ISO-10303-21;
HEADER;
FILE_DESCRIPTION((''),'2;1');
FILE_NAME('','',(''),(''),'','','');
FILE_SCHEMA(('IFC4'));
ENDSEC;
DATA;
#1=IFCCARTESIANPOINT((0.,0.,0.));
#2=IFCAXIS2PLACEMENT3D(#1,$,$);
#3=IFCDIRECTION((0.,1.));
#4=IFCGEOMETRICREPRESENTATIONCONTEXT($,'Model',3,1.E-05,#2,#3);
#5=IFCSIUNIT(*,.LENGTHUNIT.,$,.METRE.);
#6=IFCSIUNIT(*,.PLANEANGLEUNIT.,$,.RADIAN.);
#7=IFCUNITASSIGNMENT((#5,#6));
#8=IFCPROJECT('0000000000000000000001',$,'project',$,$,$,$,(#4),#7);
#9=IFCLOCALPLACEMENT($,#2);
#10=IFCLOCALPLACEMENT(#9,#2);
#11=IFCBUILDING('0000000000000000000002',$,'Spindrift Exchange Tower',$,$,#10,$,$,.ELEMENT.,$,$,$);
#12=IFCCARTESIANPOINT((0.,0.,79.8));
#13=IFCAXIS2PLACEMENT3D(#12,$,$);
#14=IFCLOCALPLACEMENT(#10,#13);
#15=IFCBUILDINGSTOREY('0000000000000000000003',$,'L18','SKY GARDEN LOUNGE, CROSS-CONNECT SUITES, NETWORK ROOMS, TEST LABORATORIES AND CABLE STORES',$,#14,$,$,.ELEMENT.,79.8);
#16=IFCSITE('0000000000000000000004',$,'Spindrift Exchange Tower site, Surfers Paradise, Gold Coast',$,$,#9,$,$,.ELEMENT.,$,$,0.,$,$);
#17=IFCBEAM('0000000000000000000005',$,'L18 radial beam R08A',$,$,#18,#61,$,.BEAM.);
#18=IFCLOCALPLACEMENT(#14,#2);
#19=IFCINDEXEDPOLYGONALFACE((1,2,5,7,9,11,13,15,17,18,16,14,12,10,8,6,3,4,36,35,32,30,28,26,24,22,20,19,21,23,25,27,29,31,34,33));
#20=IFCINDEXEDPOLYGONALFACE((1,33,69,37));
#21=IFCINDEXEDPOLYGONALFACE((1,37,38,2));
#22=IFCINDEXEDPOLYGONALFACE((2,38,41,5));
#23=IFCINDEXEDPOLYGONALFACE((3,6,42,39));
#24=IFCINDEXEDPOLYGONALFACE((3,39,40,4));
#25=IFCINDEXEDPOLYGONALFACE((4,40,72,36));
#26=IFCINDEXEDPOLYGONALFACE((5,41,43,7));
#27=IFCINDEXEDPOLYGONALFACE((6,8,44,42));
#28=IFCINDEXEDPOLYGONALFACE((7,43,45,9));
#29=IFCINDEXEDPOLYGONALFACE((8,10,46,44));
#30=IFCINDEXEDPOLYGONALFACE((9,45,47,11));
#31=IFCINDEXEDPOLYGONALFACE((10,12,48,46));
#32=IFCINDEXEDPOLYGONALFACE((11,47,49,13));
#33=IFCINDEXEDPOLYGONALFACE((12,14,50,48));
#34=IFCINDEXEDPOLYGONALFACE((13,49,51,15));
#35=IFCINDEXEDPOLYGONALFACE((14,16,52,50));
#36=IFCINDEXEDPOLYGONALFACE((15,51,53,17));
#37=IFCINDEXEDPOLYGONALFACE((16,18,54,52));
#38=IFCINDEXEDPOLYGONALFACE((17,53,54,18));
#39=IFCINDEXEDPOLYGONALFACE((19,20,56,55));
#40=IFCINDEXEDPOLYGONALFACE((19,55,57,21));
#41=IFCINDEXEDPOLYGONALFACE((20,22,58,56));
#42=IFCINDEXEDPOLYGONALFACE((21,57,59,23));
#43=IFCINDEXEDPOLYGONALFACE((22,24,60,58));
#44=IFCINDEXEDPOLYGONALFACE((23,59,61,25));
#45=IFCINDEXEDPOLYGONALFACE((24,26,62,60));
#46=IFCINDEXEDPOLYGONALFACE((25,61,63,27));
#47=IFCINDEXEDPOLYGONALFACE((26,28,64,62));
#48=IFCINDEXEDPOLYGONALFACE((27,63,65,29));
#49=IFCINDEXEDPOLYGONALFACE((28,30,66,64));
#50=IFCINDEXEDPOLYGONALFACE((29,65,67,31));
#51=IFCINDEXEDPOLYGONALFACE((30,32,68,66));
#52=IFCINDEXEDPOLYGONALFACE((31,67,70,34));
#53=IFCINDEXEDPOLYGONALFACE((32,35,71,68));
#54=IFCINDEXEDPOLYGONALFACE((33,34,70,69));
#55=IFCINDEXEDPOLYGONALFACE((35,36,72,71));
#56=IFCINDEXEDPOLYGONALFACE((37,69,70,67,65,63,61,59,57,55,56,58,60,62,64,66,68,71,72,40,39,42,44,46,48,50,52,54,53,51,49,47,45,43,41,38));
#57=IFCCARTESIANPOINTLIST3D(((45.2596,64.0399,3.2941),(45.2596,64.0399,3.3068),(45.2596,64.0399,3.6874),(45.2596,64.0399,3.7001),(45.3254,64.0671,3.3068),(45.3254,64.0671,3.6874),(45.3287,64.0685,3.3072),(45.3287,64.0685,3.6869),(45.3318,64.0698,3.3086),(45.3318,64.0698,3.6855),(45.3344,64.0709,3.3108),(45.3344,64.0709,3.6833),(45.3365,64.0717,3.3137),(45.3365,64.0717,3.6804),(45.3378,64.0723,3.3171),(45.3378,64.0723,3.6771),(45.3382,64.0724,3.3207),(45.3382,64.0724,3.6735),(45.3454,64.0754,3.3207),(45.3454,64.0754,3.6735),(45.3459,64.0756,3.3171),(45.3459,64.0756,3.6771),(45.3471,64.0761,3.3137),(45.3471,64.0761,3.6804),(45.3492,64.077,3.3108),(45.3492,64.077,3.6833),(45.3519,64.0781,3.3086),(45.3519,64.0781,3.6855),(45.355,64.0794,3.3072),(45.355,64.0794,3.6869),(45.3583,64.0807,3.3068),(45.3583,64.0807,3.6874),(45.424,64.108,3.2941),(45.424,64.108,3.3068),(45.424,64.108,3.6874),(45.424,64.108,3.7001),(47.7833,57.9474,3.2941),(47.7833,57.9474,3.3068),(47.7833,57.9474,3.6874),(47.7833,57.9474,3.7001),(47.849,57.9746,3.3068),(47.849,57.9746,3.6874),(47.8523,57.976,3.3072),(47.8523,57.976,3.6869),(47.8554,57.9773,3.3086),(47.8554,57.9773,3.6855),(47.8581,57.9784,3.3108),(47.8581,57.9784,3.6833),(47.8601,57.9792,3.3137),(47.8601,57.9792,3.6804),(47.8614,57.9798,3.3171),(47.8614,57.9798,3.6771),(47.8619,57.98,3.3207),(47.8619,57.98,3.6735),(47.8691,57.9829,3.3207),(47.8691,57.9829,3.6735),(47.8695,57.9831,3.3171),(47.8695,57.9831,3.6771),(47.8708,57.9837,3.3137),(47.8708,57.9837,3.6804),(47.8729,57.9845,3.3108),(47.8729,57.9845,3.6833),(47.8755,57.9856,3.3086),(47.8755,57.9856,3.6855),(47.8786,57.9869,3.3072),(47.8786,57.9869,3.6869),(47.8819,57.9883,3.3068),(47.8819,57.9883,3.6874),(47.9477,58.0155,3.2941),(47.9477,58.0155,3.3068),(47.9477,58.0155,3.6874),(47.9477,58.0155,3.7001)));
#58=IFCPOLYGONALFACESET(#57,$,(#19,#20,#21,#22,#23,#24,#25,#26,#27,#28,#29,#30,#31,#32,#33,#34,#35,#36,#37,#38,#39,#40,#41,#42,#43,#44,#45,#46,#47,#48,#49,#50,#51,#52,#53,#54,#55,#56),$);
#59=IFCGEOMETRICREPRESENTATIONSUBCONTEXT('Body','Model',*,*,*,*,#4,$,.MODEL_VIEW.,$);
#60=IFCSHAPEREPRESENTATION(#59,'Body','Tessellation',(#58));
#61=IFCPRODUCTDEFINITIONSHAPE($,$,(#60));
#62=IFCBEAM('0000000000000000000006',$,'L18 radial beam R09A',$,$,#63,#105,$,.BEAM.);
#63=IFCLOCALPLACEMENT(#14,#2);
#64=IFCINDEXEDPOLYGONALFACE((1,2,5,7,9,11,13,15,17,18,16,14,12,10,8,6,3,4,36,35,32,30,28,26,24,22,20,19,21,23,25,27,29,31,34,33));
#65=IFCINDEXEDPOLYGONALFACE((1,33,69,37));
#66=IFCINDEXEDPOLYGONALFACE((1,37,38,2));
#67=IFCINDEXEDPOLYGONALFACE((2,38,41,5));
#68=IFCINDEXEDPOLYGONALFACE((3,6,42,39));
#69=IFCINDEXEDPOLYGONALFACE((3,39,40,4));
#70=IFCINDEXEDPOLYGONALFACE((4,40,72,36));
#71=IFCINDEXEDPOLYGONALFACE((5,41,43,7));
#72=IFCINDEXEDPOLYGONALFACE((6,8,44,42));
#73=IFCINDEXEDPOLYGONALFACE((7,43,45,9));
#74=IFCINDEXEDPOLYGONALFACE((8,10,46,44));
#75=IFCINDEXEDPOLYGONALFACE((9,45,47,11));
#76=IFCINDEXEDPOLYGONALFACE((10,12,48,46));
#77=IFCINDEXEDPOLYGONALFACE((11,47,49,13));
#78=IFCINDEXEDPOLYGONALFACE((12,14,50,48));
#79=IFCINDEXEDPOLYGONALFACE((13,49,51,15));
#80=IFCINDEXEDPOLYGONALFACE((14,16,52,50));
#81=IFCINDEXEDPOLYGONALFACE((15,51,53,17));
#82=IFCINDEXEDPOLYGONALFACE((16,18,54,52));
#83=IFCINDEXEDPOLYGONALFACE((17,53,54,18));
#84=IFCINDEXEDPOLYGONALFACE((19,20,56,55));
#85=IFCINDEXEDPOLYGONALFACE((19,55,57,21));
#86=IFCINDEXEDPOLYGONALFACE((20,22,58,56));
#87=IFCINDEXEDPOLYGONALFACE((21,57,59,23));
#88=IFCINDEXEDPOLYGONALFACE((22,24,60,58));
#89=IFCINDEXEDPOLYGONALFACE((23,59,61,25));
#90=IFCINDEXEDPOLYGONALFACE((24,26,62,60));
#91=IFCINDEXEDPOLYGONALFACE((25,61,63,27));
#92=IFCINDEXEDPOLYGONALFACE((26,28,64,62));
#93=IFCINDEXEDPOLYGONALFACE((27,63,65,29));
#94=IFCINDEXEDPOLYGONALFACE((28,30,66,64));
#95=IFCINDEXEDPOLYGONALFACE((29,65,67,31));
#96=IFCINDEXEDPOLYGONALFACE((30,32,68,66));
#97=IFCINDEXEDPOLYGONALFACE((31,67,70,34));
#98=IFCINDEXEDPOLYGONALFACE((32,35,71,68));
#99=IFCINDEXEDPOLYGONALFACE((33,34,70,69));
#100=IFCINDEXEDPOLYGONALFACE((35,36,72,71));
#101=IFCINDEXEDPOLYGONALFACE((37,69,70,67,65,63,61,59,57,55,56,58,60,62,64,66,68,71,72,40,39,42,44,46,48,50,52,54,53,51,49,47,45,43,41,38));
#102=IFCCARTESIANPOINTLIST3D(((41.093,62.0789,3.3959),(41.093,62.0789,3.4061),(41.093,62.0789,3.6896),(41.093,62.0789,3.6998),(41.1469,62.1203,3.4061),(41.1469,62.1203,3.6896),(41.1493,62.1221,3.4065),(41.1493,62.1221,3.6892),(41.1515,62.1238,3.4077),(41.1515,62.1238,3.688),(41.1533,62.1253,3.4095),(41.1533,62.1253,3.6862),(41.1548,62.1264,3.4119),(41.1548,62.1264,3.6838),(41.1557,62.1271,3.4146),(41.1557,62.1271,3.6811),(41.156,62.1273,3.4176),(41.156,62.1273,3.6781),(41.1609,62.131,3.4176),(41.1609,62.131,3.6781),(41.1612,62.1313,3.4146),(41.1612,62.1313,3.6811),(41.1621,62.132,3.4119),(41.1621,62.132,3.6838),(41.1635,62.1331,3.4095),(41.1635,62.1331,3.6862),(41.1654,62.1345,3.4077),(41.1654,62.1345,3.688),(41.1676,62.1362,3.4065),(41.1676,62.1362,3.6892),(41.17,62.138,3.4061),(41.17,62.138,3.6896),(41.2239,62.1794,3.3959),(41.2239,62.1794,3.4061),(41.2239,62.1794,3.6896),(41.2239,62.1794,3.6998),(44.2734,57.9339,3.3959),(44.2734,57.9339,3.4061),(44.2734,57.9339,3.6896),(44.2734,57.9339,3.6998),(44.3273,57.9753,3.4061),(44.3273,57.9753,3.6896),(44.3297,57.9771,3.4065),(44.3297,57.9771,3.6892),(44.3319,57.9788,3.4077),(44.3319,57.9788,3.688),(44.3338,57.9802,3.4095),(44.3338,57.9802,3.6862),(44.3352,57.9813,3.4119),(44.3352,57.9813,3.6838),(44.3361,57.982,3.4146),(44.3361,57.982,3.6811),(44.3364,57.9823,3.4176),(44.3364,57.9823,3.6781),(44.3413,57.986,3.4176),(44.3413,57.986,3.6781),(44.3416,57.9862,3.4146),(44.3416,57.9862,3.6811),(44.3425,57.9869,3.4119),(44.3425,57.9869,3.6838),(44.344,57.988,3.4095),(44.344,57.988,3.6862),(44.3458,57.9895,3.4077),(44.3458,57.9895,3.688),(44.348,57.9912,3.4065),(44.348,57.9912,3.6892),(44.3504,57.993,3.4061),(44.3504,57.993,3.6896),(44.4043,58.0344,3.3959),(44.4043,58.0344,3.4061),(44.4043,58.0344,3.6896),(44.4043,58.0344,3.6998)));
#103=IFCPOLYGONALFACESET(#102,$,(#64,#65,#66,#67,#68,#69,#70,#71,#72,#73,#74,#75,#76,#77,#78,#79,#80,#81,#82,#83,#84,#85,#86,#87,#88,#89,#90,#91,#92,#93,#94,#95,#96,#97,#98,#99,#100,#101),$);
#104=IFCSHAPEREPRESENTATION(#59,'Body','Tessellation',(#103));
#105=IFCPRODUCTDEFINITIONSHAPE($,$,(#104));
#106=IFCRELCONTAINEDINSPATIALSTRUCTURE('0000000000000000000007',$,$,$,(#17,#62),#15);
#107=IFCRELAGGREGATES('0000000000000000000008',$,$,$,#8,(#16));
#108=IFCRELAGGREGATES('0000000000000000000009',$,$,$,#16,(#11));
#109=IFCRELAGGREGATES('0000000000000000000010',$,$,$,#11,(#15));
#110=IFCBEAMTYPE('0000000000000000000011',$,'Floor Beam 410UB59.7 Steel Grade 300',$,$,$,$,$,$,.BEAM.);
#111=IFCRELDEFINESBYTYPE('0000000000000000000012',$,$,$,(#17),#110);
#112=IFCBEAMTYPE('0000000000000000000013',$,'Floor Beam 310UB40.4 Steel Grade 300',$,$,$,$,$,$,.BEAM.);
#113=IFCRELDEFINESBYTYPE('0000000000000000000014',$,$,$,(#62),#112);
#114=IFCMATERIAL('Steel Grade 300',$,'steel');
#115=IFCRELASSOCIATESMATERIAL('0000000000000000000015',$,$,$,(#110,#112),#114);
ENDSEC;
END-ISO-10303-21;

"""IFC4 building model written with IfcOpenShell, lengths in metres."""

from ifc_helpers import new_model, si_unit, direction, frame, origin, origin_2d, place, context, subcontext, project, spatial, i_section, extrude, source, transform, mapped, material, material_profile, profile_set, type_object, element, save


model = new_model("IFC4")

# Units and contexts
model_context = context("Model", 3, precision=1e-05, world=origin(), true_north=direction((0.0, 1.0)))
body_context = subcontext(model_context, "Body", "Model", "MODEL_VIEW")
ifc_project = project(units=[si_unit("LENGTHUNIT", "METRE"), si_unit("PLANEANGLEUNIT", "RADIAN")], contexts=[model_context])

# Site, building, storey
site_placement = place(None, origin())
site = spatial("IfcSite", under=ifc_project, at=site_placement, Name="Spindrift Exchange Tower site, Surfers Paradise, Gold Coast", CompositionType="ELEMENT", RefElevation=0.0)
building_placement = place(site_placement, origin())
building = spatial("IfcBuilding", under=site, at=building_placement, Name="Spindrift Exchange Tower", CompositionType="ELEMENT")
storey_placement = place(building_placement, frame((0.0, 0.0, 79.8)))
storey = spatial("IfcBuildingStorey", under=building, at=storey_placement, Name="L18", Description="SKY GARDEN LOUNGE, CROSS-CONNECT SUITES, NETWORK ROOMS, TEST LABORATORIES AND CABLE STORES", CompositionType="ELEMENT", Elevation=79.8)

# Beams
ifc_material_1 = material(Name="Steel Grade 300", Category="steel")
ifc_material_profile_1 = material_profile(ifc_material_1, i_section(OverallWidth=0.178, OverallDepth=0.406, WebThickness=0.0078, FlangeThickness=0.0127, FilletRadius=0.0139, at=origin_2d()), Name="410UB59.7")
ifc_profile_set_1 = profile_set([ifc_material_profile_1], Name="Steel Grade 300")
beam_type_1 = type_object("IfcBeamType", Name="Floor Beam 410UB59.7 Steel Grade 300", PredefinedType="BEAM", material=ifc_profile_set_1)
shared_shape_1 = source(origin(), body_context, "Body", "SweptSolid", [
    extrude(i_section(OverallWidth=0.178, OverallDepth=0.406, WebThickness=0.0078, FlangeThickness=0.0127, FilletRadius=0.0139, at=origin_2d()), origin(), (0.0, 0.0, 1.0), 6.5945),
])
beam_1_placement = place(storey_placement, frame((47.8655, 57.9814, 3.4971), z_axis=(-0.382693, 0.923876, 0.0), x_axis=(-0.923876, -0.382693, 0.0)))
element("IfcBeam", 1, at=beam_1_placement, inside=storey, type_object=beam_type_1, Name="L18 radial beam R08A", PredefinedType="BEAM", context=body_context, shape_type="MappedRepresentation", body=[
    mapped(shared_shape_1, transform((0.0, 0.0, 0.0), scale=1.0)),
])
ifc_material_profile_2 = material_profile(ifc_material_1, i_section(OverallWidth=0.165, OverallDepth=0.304, WebThickness=0.0061, FlangeThickness=0.0103, FilletRadius=0.0115, at=origin_2d()), Name="310UB40.4")
ifc_profile_set_2 = profile_set([ifc_material_profile_2], Name="Steel Grade 300")
beam_type_2 = type_object("IfcBeamType", Name="Floor Beam 310UB40.4 Steel Grade 300", PredefinedType="BEAM", material=ifc_profile_set_2)
shared_shape_2 = source(origin(), body_context, "Body", "SweptSolid", [
    extrude(i_section(OverallWidth=0.165, OverallDepth=0.304, WebThickness=0.0061, FlangeThickness=0.0103, FilletRadius=0.0115, at=origin_2d()), origin(), (0.0, 0.0, 1.0), 5.2246),
])
beam_2_placement = place(storey_placement, frame((44.3389, 57.9841, 3.5479), z_axis=(-0.608741, 0.793369, 0.0), x_axis=(-0.793369, -0.608741, 0.0)))
element("IfcBeam", 2, at=beam_2_placement, inside=storey, type_object=beam_type_2, Name="L18 radial beam R09A", PredefinedType="BEAM", context=body_context, shape_type="MappedRepresentation", body=[
    mapped(shared_shape_2, transform((0.0, 0.0, 0.0), scale=1.0)),
])

save(model, "model.ifc")
